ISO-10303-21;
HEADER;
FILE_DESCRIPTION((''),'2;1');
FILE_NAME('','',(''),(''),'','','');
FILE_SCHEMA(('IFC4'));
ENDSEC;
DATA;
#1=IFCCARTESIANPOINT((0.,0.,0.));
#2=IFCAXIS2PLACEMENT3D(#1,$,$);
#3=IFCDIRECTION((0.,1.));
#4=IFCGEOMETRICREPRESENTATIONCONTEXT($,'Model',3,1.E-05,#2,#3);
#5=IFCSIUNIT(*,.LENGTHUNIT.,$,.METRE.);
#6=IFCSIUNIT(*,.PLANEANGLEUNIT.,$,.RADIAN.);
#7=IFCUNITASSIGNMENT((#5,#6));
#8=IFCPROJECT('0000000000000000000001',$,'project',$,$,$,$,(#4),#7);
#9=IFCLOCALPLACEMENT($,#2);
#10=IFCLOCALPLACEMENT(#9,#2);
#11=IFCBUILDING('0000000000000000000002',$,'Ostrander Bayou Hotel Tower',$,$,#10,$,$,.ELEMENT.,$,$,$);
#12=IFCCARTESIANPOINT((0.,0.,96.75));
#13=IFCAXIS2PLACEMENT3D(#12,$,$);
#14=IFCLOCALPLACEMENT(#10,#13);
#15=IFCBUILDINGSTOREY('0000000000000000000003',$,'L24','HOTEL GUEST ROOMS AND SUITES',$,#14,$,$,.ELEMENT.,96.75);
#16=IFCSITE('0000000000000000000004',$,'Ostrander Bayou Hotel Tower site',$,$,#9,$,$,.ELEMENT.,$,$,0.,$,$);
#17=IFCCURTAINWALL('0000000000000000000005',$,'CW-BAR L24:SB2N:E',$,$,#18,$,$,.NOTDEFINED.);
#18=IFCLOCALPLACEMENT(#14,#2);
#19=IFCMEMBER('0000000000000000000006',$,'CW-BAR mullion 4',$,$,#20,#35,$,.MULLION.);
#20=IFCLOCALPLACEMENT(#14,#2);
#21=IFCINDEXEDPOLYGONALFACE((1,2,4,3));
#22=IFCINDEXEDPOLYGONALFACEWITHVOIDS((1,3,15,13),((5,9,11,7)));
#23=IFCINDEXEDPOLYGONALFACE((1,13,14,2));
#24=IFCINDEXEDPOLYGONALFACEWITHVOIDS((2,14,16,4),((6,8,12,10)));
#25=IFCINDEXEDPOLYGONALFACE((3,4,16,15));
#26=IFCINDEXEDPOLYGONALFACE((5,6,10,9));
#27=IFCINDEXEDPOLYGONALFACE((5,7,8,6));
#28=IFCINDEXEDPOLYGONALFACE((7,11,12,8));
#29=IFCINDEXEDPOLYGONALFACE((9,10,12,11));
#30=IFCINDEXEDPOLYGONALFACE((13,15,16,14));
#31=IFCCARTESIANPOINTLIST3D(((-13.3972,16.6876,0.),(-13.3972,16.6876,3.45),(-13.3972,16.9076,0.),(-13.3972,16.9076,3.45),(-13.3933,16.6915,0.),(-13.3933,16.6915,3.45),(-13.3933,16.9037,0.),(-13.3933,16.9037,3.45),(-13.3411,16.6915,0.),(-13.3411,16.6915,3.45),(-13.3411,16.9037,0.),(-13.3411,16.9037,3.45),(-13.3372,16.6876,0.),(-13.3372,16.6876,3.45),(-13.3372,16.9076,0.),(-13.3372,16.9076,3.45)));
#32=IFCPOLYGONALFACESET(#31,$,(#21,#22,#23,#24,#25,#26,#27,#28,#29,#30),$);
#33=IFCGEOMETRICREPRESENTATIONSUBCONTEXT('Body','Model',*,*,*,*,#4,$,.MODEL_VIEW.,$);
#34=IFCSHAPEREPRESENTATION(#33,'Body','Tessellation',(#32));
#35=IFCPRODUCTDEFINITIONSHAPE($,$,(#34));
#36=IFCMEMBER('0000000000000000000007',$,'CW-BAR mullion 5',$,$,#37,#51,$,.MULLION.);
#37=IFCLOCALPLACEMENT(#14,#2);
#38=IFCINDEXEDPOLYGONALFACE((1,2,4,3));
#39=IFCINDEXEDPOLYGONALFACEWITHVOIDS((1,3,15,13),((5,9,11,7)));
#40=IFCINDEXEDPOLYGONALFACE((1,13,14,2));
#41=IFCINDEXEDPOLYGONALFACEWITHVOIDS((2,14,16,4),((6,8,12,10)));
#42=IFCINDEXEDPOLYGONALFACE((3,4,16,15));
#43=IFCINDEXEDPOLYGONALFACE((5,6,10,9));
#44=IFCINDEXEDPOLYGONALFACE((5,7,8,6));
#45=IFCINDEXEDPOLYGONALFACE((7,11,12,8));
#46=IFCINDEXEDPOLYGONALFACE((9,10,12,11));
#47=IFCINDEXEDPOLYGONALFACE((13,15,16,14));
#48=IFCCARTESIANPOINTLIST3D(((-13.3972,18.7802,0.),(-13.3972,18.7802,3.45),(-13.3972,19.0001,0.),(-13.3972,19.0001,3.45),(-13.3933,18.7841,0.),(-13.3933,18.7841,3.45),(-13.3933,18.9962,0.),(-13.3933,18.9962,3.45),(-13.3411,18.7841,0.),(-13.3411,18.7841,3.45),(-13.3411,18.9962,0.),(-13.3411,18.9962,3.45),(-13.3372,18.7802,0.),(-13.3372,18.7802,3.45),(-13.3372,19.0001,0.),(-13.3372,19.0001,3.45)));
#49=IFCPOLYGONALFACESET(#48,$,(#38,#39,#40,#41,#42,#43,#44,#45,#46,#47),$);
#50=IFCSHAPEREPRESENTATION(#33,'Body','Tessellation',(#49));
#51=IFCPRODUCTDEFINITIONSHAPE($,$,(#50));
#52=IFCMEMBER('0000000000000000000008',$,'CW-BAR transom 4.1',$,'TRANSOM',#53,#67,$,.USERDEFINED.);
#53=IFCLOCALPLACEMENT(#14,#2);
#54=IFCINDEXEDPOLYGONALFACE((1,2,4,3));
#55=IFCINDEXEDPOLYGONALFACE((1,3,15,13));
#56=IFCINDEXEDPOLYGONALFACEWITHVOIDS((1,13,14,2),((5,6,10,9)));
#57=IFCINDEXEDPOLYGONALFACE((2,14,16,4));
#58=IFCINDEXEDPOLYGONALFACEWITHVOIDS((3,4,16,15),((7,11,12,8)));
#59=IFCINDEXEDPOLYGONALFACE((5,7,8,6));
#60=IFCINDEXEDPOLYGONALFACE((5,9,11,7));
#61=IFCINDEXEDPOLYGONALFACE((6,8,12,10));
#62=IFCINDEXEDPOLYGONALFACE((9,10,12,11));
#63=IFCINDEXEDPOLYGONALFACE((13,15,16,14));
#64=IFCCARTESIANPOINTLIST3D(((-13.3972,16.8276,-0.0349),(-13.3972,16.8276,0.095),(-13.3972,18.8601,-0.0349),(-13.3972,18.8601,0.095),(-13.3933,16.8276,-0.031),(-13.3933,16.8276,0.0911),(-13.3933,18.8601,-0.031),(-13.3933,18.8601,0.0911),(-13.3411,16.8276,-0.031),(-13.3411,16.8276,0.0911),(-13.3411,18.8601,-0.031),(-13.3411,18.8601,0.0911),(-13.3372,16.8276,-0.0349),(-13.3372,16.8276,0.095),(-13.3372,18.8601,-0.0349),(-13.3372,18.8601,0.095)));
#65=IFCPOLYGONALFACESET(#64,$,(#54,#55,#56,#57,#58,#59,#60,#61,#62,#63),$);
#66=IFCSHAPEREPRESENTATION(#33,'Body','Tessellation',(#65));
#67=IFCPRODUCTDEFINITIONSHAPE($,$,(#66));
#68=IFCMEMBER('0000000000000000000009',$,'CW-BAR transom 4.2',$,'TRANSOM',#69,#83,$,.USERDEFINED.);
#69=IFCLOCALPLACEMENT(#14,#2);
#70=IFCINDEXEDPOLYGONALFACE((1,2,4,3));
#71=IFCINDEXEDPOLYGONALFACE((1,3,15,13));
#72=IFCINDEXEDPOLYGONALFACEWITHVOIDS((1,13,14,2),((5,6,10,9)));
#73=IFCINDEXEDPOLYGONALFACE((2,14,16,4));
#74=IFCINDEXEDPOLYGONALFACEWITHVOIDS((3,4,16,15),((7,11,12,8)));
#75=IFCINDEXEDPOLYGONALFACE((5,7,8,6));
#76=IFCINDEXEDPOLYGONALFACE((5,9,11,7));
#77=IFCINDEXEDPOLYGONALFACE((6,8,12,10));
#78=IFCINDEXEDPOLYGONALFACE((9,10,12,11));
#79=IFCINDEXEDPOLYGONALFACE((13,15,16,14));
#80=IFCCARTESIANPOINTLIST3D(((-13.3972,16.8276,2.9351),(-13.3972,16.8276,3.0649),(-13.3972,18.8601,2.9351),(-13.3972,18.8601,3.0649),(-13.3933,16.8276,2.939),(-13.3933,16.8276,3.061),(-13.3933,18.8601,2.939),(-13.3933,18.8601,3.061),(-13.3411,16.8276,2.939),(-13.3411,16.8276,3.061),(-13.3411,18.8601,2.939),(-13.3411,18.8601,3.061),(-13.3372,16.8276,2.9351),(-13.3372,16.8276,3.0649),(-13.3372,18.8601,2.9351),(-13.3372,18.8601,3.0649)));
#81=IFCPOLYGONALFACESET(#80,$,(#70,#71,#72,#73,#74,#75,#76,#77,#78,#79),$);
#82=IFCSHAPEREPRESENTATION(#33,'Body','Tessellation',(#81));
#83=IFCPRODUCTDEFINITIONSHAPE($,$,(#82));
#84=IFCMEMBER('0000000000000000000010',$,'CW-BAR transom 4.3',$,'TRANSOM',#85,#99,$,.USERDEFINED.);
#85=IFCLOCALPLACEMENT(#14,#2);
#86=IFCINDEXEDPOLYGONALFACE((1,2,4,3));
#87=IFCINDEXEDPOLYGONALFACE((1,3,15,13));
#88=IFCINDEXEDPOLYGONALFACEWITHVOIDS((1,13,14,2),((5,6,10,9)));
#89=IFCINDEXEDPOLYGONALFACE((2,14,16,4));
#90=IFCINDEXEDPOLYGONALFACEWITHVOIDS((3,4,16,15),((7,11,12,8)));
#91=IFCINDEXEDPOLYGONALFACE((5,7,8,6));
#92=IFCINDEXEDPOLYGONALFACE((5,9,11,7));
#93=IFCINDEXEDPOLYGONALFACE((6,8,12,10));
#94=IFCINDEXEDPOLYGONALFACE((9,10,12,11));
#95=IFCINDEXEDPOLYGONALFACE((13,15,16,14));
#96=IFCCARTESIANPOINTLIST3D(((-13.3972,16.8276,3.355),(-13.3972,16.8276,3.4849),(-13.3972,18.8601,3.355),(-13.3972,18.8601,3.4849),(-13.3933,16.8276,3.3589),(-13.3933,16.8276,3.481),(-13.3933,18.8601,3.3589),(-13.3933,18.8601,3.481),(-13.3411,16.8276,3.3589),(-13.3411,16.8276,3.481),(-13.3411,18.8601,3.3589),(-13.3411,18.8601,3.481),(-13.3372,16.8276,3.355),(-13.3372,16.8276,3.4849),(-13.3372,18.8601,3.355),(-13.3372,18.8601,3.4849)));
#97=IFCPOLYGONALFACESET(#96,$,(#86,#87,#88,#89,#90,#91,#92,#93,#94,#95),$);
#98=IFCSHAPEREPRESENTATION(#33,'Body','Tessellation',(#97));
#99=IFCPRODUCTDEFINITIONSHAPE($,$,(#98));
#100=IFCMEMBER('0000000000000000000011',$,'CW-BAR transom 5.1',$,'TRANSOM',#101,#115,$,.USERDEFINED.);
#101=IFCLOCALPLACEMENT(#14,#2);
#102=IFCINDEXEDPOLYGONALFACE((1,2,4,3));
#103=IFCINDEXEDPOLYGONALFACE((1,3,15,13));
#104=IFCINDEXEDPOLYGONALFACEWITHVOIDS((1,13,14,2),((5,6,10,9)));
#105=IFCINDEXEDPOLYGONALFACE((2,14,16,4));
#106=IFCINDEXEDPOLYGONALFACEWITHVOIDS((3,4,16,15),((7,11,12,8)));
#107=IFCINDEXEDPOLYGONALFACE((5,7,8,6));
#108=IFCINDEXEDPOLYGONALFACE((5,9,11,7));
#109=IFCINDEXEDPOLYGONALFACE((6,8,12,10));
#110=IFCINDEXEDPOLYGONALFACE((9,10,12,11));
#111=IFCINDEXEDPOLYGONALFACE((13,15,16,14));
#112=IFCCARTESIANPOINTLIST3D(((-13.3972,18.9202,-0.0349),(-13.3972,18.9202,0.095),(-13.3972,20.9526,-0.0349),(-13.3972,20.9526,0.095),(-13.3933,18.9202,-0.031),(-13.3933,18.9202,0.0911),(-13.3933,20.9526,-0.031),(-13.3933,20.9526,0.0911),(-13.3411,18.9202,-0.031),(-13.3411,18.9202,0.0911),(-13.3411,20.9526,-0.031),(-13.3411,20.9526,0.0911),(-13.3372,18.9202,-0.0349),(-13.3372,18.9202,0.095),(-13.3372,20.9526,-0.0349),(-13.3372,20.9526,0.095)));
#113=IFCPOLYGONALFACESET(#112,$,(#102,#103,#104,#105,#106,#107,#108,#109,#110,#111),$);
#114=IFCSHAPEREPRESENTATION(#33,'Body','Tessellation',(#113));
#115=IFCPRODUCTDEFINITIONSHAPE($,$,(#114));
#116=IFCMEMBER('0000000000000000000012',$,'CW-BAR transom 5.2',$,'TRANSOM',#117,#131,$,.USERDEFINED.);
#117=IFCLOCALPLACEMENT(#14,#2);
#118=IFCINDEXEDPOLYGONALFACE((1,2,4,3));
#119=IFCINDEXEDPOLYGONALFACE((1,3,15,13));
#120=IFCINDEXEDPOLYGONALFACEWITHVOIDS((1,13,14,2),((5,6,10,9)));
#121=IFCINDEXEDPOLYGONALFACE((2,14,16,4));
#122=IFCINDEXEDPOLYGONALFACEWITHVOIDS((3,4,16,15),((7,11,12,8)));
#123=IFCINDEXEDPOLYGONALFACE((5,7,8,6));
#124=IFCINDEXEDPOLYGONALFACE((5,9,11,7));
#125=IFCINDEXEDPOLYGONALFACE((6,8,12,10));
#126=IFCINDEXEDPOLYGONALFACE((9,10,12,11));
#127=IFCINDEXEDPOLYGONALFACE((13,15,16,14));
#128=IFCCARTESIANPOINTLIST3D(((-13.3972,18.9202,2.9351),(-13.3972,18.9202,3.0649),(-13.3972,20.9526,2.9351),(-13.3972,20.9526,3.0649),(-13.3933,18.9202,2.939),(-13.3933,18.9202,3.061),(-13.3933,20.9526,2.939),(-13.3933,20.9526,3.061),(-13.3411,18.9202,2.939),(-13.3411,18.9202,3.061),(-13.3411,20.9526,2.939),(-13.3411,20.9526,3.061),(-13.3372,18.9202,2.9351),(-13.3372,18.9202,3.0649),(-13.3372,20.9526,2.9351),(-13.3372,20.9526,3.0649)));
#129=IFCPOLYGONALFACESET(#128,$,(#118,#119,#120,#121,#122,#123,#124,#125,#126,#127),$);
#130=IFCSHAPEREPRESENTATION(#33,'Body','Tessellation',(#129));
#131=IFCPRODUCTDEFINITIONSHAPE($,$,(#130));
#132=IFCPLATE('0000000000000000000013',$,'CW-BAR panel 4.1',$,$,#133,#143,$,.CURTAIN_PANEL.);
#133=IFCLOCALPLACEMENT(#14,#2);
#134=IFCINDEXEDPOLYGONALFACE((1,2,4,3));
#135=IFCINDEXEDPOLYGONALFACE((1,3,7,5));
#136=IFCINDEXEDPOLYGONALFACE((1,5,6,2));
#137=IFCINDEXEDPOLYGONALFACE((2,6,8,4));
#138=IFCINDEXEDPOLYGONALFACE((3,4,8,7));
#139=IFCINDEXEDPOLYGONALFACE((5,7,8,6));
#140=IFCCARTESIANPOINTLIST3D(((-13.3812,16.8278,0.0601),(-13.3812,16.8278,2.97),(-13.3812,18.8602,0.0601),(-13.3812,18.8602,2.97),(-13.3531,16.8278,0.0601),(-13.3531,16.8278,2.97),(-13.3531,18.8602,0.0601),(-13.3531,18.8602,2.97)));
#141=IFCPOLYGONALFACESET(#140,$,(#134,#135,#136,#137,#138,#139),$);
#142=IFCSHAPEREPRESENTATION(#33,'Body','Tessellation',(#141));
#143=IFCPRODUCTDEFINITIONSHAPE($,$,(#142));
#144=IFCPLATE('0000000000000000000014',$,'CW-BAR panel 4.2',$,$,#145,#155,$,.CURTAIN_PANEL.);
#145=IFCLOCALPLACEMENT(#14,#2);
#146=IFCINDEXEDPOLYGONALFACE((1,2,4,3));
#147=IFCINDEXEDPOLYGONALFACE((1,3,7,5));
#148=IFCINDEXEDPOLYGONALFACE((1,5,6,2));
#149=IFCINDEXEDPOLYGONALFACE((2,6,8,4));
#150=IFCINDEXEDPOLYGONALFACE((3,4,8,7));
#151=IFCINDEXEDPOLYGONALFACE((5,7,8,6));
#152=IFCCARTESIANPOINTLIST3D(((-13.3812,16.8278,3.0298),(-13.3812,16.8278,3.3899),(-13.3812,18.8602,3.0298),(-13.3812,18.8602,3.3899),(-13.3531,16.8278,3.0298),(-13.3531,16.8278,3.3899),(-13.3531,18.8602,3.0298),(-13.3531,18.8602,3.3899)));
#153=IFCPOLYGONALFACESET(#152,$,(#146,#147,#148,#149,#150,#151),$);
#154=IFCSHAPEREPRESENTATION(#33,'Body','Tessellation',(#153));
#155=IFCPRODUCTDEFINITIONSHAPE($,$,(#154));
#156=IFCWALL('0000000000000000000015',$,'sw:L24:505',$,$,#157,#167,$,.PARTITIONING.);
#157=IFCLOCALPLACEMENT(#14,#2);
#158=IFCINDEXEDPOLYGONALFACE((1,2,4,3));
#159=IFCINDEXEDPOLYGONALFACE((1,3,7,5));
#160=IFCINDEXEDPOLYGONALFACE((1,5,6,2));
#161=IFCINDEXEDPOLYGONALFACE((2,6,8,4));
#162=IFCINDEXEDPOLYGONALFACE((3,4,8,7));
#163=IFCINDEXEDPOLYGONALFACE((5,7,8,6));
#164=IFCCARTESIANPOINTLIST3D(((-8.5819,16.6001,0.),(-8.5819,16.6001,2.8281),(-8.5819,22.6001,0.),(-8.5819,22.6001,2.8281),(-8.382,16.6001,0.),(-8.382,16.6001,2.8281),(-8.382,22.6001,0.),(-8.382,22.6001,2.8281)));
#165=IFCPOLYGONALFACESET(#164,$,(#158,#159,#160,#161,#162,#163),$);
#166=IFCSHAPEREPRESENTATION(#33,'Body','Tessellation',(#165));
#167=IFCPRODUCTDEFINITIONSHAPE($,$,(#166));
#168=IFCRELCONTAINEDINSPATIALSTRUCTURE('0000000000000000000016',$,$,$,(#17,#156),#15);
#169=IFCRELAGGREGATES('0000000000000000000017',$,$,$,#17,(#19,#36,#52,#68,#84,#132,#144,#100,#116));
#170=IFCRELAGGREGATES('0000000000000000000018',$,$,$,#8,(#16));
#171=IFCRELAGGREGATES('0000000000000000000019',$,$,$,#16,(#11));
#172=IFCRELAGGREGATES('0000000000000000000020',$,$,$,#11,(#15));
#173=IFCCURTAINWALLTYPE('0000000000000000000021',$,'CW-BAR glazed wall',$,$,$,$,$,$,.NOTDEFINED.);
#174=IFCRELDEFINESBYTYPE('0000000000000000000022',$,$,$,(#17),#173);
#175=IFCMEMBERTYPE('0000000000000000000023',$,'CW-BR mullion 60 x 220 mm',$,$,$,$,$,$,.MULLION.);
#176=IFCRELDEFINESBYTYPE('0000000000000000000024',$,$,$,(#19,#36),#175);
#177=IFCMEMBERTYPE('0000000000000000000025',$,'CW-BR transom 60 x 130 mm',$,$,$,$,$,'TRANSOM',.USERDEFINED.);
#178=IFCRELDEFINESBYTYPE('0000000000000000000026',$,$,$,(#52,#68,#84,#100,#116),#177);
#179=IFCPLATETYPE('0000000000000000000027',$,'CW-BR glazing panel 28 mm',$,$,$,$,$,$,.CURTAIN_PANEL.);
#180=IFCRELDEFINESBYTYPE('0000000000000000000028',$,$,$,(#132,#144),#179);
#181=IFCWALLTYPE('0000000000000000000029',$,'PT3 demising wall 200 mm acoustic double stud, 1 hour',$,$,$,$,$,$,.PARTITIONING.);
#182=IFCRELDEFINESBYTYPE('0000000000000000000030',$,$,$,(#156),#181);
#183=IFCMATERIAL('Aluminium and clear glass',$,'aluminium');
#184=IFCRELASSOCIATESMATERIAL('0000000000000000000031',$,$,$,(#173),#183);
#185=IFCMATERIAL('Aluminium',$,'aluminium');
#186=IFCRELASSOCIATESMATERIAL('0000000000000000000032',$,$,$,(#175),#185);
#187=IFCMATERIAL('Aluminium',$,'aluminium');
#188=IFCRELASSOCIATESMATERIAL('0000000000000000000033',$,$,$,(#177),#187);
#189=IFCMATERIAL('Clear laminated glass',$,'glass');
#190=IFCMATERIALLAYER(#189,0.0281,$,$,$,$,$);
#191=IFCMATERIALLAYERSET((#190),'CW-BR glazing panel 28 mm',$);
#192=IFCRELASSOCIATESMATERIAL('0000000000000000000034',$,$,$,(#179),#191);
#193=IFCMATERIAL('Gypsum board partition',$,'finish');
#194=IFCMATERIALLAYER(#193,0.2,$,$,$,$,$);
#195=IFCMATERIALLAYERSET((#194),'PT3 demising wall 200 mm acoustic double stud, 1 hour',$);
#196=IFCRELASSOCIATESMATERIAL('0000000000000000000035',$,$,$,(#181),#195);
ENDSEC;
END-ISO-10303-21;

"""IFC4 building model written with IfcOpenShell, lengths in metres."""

from ifc_helpers import new_model, si_unit, direction, frame, frame_2d, origin, origin_2d, place, context, subcontext, project, spatial, rectangle, hollow_rectangle, extrude, material, layer, layer_set, material_profile, profile_set, type_object, element, aggregate, save


model = new_model("IFC4")

# Units and contexts
model_context = context("Model", 3, precision=1e-05, world=origin(), true_north=direction((0.0, 1.0)))
body_context = subcontext(model_context, "Body", "Model", "MODEL_VIEW")
ifc_project = project(units=[si_unit("LENGTHUNIT", "METRE"), si_unit("PLANEANGLEUNIT", "RADIAN")], contexts=[model_context])

# Site, building, storey
site_placement = place(None, origin())
site = spatial("IfcSite", under=ifc_project, at=site_placement, Name="Ostrander Bayou Hotel Tower site", CompositionType="ELEMENT", RefElevation=0.0)
building_placement = place(site_placement, origin())
building = spatial("IfcBuilding", under=site, at=building_placement, Name="Ostrander Bayou Hotel Tower", CompositionType="ELEMENT")
storey_placement = place(building_placement, frame((0.0, 0.0, 96.75)))
storey = spatial("IfcBuildingStorey", under=building, at=storey_placement, Name="L24", Description="HOTEL GUEST ROOMS AND SUITES", CompositionType="ELEMENT", Elevation=96.75)

# Curtain wall, members, plates
ifc_material_1 = material(Name="Aluminium and clear glass", Category="aluminium")
curtain_wall_type = type_object("IfcCurtainWallType", Name="CW-BAR glazed wall", PredefinedType="NOTDEFINED", material=ifc_material_1)
curtain_wall_placement = place(storey_placement, origin())
curtain_wall = element("IfcCurtainWall", 1, at=curtain_wall_placement, inside=storey, type_object=curtain_wall_type, Name="CW-BAR L24:SB2N:E", PredefinedType="NOTDEFINED")
ifc_material_2 = material(Name="Aluminium", Category="aluminium")
ifc_material_profile_1 = material_profile(ifc_material_2, hollow_rectangle(XDim=0.0601, YDim=0.22, WallThickness=0.0039, at=origin_2d()))
ifc_profile_set_1 = profile_set([ifc_material_profile_1], Name="Aluminium")
member_type_1 = type_object("IfcMemberType", Name="CW-BR mullion 60 x 220 mm", PredefinedType="MULLION", material=ifc_profile_set_1)
member_1_placement = place(storey_placement, frame((-13.3672, 16.7976, 0.0), z_axis=(0.0, 0.0, 1.0), x_axis=(-1.0, 0.0, 0.0)))
member_1 = element("IfcMember", 2, at=member_1_placement, type_object=member_type_1, Name="CW-BAR mullion 4", PredefinedType="MULLION", context=body_context, shape_type="SweptSolid", body=[
    extrude(hollow_rectangle(XDim=0.0601, YDim=0.22, WallThickness=0.0039, at=origin_2d()), origin(), (0.0, 0.0, 1.0), 3.45),
])
member_2_placement = place(storey_placement, frame((-13.3672, 18.8901, 0.0), z_axis=(0.0, 0.0, 1.0), x_axis=(-1.0, 0.0, 0.0)))
member_2 = element("IfcMember", 3, at=member_2_placement, type_object=member_type_1, Name="CW-BAR mullion 5", PredefinedType="MULLION", context=body_context, shape_type="SweptSolid", body=[
    extrude(hollow_rectangle(XDim=0.0601, YDim=0.22, WallThickness=0.0039, at=origin_2d()), origin(), (0.0, 0.0, 1.0), 3.45),
])
ifc_material_3 = material(Name="Aluminium", Category="aluminium")
ifc_material_profile_2 = material_profile(ifc_material_3, hollow_rectangle(XDim=0.0601, YDim=0.1299, WallThickness=0.0039, at=origin_2d()))
ifc_profile_set_2 = profile_set([ifc_material_profile_2], Name="Aluminium")
member_type_2 = type_object("IfcMemberType", Name="CW-BR transom 60 x 130 mm", ElementType="TRANSOM", PredefinedType="USERDEFINED", material=ifc_profile_set_2)
member_3_placement = place(storey_placement, frame((-13.3672, 16.8276, 0.03), z_axis=(0.0, 1.0, 0.0), x_axis=(-1.0, 0.0, 0.0)))
member_3 = element("IfcMember", 4, at=member_3_placement, type_object=member_type_2, Name="CW-BAR transom 4.1", ObjectType="TRANSOM", PredefinedType="USERDEFINED", context=body_context, shape_type="SweptSolid", body=[
    extrude(hollow_rectangle(XDim=0.0601, YDim=0.1299, WallThickness=0.0039, at=origin_2d()), origin(), (0.0, 0.0, 1.0), 2.0325),
])
member_4_placement = place(storey_placement, frame((-13.3672, 16.8276, 3.0), z_axis=(0.0, 1.0, 0.0), x_axis=(-1.0, 0.0, 0.0)))
member_4 = element("IfcMember", 5, at=member_4_placement, type_object=member_type_2, Name="CW-BAR transom 4.2", ObjectType="TRANSOM", PredefinedType="USERDEFINED", context=body_context, shape_type="SweptSolid", body=[
    extrude(hollow_rectangle(XDim=0.0601, YDim=0.1299, WallThickness=0.0039, at=origin_2d()), origin(), (0.0, 0.0, 1.0), 2.0325),
])
member_5_placement = place(storey_placement, frame((-13.3672, 16.8276, 3.4199), z_axis=(0.0, 1.0, 0.0), x_axis=(-1.0, 0.0, 0.0)))
member_5 = element("IfcMember", 6, at=member_5_placement, type_object=member_type_2, Name="CW-BAR transom 4.3", ObjectType="TRANSOM", PredefinedType="USERDEFINED", context=body_context, shape_type="SweptSolid", body=[
    extrude(hollow_rectangle(XDim=0.0601, YDim=0.1299, WallThickness=0.0039, at=origin_2d()), origin(), (0.0, 0.0, 1.0), 2.0325),
])
member_6_placement = place(storey_placement, frame((-13.3672, 18.9202, 0.03), z_axis=(0.0, 1.0, 0.0), x_axis=(-1.0, 0.0, 0.0)))
member_6 = element("IfcMember", 7, at=member_6_placement, type_object=member_type_2, Name="CW-BAR transom 5.1", ObjectType="TRANSOM", PredefinedType="USERDEFINED", context=body_context, shape_type="SweptSolid", body=[
    extrude(hollow_rectangle(XDim=0.0601, YDim=0.1299, WallThickness=0.0039, at=origin_2d()), origin(), (0.0, 0.0, 1.0), 2.0325),
])
member_7_placement = place(storey_placement, frame((-13.3672, 18.9202, 3.0), z_axis=(0.0, 1.0, 0.0), x_axis=(-1.0, 0.0, 0.0)))
member_7 = element("IfcMember", 8, at=member_7_placement, type_object=member_type_2, Name="CW-BAR transom 5.2", ObjectType="TRANSOM", PredefinedType="USERDEFINED", context=body_context, shape_type="SweptSolid", body=[
    extrude(hollow_rectangle(XDim=0.0601, YDim=0.1299, WallThickness=0.0039, at=origin_2d()), origin(), (0.0, 0.0, 1.0), 2.0325),
])
ifc_material_4 = material(Name="Clear laminated glass", Category="glass")
ifc_layer_1 = layer(ifc_material_4, 0.0281)
ifc_layer_set_1 = layer_set([ifc_layer_1], Name="CW-BR glazing panel 28 mm")
plate_type = type_object("IfcPlateType", Name="CW-BR glazing panel 28 mm", PredefinedType="CURTAIN_PANEL", material=ifc_layer_set_1)
plate_1_placement = place(storey_placement, frame((-13.3672, 17.844, 0.0601), z_axis=(0.0, 0.0, 1.0), x_axis=(0.0, 1.0, 0.0)))
plate_1 = element("IfcPlate", 9, at=plate_1_placement, type_object=plate_type, Name="CW-BAR panel 4.1", PredefinedType="CURTAIN_PANEL", context=body_context, shape_type="SweptSolid", body=[
    extrude(rectangle(XDim=2.0325, YDim=0.0281, at=origin_2d()), origin(), (0.0, 0.0, 1.0), 2.9099),
])
plate_2_placement = place(storey_placement, frame((-13.3672, 17.844, 3.0298), z_axis=(0.0, 0.0, 1.0), x_axis=(0.0, 1.0, 0.0)))
plate_2 = element("IfcPlate", 10, at=plate_2_placement, type_object=plate_type, Name="CW-BAR panel 4.2", PredefinedType="CURTAIN_PANEL", context=body_context, shape_type="SweptSolid", body=[
    extrude(rectangle(XDim=2.0325, YDim=0.0281, at=origin_2d()), origin(), (0.0, 0.0, 1.0), 0.3601),
])
aggregate(curtain_wall, [member_1, member_2, member_3, member_4, member_5, plate_1, plate_2, member_6, member_7])

# Wall
ifc_material_5 = material(Name="Gypsum board partition", Category="finish")
ifc_layer_2 = layer(ifc_material_5, 0.2)
ifc_layer_set_2 = layer_set([ifc_layer_2], Name="PT3 demising wall 200 mm acoustic double stud, 1 hour")
wall_type = type_object("IfcWallType", Name="PT3 demising wall 200 mm acoustic double stud, 1 hour", PredefinedType="PARTITIONING", material=ifc_layer_set_2)
wall_1_placement = place(storey_placement, frame((-8.4819, 16.6001, 0.0), z_axis=(0.0, 0.0, 1.0), x_axis=(0.0, 1.0, 0.0)))
element("IfcWall", 11, at=wall_1_placement, inside=storey, type_object=wall_type, Name="sw:L24:505", PredefinedType="PARTITIONING", context=body_context, shape_type="SweptSolid", body=[
    extrude(rectangle(XDim=6.0, YDim=0.2, at=frame_2d((3.0, 0.0))), origin(), (0.0, 0.0, 1.0), 2.8281),
])

save(model, "model.ifc")
